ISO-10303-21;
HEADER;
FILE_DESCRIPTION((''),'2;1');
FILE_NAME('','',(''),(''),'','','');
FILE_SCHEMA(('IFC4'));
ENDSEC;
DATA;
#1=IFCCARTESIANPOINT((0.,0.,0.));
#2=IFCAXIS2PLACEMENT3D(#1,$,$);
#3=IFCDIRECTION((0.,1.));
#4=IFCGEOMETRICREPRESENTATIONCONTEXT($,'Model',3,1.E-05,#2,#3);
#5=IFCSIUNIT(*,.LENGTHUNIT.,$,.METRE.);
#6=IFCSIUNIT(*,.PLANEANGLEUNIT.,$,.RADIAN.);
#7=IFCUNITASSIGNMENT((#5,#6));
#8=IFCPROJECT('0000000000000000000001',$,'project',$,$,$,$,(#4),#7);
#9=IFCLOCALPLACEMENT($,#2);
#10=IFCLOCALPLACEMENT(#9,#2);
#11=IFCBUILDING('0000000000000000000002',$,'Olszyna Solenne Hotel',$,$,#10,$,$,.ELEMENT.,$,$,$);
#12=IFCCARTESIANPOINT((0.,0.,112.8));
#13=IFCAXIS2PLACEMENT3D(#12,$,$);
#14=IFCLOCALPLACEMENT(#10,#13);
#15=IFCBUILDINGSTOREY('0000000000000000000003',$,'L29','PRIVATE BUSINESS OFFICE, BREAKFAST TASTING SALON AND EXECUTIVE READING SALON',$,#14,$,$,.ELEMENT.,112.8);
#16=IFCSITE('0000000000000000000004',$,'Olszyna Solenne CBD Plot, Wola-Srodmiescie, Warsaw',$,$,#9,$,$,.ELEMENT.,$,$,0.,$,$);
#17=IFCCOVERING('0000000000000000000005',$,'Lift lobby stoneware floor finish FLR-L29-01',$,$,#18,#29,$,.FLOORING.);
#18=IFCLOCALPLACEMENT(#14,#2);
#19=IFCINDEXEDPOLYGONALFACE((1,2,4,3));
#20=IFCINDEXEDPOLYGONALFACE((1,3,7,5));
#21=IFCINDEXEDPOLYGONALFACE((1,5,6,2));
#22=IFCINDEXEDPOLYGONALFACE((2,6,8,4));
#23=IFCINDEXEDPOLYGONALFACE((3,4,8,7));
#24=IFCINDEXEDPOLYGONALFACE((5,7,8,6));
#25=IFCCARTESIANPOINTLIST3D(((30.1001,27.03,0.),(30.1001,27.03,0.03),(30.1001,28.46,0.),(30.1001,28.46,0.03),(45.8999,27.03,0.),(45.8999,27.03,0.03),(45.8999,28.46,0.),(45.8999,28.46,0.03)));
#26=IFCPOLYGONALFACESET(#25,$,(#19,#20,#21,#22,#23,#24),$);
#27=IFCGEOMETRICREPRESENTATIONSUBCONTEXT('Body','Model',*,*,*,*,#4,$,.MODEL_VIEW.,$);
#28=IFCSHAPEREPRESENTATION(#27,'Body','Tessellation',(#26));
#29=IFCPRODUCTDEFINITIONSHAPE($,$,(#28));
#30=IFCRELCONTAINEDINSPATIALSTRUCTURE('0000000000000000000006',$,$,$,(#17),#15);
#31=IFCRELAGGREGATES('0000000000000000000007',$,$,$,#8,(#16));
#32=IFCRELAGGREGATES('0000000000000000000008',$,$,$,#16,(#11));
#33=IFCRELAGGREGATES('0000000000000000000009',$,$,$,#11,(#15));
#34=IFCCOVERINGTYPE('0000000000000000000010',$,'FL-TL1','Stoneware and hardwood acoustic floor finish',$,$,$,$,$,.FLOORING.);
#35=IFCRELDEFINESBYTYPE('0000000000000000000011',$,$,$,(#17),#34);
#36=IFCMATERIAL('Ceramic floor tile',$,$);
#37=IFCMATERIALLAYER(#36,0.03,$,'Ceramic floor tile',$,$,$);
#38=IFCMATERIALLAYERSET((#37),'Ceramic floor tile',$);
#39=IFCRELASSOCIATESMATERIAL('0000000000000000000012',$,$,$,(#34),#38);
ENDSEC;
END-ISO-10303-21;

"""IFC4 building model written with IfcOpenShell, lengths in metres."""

from ifc_helpers import new_model, si_unit, direction, frame, origin, place, context, subcontext, project, spatial, polyline, outline, extrude, material, layer, layer_set, type_object, element, save


model = new_model("IFC4")

# Units and contexts
model_context = context("Model", 3, precision=1e-05, world=origin(), true_north=direction((0.0, 1.0)))
body_context = subcontext(model_context, "Body", "Model", "MODEL_VIEW")
ifc_project = project(units=[si_unit("LENGTHUNIT", "METRE"), si_unit("PLANEANGLEUNIT", "RADIAN")], contexts=[model_context])

# Site, building, storey
site_placement = place(None, origin())
site = spatial("IfcSite", under=ifc_project, at=site_placement, Name="Olszyna Solenne CBD Plot, Wola-Srodmiescie, Warsaw", CompositionType="ELEMENT", RefElevation=0.0)
building_placement = place(site_placement, origin())
building = spatial("IfcBuilding", under=site, at=building_placement, Name="Olszyna Solenne Hotel", CompositionType="ELEMENT")
storey_placement = place(building_placement, frame((0.0, 0.0, 112.8)))
storey = spatial("IfcBuildingStorey", under=building, at=storey_placement, Name="L29", Description="PRIVATE BUSINESS OFFICE, BREAKFAST TASTING SALON AND EXECUTIVE READING SALON", CompositionType="ELEMENT", Elevation=112.8)

# Covering
ifc_material_1 = material(Name="Ceramic floor tile")
ifc_layer_1 = layer(ifc_material_1, 0.03, Name="Ceramic floor tile")
ifc_layer_set_1 = layer_set([ifc_layer_1], Name="Ceramic floor tile")
covering_type_1 = type_object("IfcCoveringType", Name="FL-TL1", Description="Stoneware and hardwood acoustic floor finish", PredefinedType="FLOORING", material=ifc_layer_set_1)
covering_1_placement = place(storey_placement, origin())
element("IfcCovering", 1, at=covering_1_placement, inside=storey, type_object=covering_type_1, Name="Lift lobby stoneware floor finish FLR-L29-01", PredefinedType="FLOORING", context=body_context, shape_type="SweptSolid", body=[
    extrude(outline(polyline([(30.1001, 27.03), (45.8999, 27.03), (45.8999, 28.46), (30.1001, 28.46), (30.1001, 27.03)])), origin(), (0.0, 0.0, 1.0), 0.03),
])

save(model, "model.ifc")
